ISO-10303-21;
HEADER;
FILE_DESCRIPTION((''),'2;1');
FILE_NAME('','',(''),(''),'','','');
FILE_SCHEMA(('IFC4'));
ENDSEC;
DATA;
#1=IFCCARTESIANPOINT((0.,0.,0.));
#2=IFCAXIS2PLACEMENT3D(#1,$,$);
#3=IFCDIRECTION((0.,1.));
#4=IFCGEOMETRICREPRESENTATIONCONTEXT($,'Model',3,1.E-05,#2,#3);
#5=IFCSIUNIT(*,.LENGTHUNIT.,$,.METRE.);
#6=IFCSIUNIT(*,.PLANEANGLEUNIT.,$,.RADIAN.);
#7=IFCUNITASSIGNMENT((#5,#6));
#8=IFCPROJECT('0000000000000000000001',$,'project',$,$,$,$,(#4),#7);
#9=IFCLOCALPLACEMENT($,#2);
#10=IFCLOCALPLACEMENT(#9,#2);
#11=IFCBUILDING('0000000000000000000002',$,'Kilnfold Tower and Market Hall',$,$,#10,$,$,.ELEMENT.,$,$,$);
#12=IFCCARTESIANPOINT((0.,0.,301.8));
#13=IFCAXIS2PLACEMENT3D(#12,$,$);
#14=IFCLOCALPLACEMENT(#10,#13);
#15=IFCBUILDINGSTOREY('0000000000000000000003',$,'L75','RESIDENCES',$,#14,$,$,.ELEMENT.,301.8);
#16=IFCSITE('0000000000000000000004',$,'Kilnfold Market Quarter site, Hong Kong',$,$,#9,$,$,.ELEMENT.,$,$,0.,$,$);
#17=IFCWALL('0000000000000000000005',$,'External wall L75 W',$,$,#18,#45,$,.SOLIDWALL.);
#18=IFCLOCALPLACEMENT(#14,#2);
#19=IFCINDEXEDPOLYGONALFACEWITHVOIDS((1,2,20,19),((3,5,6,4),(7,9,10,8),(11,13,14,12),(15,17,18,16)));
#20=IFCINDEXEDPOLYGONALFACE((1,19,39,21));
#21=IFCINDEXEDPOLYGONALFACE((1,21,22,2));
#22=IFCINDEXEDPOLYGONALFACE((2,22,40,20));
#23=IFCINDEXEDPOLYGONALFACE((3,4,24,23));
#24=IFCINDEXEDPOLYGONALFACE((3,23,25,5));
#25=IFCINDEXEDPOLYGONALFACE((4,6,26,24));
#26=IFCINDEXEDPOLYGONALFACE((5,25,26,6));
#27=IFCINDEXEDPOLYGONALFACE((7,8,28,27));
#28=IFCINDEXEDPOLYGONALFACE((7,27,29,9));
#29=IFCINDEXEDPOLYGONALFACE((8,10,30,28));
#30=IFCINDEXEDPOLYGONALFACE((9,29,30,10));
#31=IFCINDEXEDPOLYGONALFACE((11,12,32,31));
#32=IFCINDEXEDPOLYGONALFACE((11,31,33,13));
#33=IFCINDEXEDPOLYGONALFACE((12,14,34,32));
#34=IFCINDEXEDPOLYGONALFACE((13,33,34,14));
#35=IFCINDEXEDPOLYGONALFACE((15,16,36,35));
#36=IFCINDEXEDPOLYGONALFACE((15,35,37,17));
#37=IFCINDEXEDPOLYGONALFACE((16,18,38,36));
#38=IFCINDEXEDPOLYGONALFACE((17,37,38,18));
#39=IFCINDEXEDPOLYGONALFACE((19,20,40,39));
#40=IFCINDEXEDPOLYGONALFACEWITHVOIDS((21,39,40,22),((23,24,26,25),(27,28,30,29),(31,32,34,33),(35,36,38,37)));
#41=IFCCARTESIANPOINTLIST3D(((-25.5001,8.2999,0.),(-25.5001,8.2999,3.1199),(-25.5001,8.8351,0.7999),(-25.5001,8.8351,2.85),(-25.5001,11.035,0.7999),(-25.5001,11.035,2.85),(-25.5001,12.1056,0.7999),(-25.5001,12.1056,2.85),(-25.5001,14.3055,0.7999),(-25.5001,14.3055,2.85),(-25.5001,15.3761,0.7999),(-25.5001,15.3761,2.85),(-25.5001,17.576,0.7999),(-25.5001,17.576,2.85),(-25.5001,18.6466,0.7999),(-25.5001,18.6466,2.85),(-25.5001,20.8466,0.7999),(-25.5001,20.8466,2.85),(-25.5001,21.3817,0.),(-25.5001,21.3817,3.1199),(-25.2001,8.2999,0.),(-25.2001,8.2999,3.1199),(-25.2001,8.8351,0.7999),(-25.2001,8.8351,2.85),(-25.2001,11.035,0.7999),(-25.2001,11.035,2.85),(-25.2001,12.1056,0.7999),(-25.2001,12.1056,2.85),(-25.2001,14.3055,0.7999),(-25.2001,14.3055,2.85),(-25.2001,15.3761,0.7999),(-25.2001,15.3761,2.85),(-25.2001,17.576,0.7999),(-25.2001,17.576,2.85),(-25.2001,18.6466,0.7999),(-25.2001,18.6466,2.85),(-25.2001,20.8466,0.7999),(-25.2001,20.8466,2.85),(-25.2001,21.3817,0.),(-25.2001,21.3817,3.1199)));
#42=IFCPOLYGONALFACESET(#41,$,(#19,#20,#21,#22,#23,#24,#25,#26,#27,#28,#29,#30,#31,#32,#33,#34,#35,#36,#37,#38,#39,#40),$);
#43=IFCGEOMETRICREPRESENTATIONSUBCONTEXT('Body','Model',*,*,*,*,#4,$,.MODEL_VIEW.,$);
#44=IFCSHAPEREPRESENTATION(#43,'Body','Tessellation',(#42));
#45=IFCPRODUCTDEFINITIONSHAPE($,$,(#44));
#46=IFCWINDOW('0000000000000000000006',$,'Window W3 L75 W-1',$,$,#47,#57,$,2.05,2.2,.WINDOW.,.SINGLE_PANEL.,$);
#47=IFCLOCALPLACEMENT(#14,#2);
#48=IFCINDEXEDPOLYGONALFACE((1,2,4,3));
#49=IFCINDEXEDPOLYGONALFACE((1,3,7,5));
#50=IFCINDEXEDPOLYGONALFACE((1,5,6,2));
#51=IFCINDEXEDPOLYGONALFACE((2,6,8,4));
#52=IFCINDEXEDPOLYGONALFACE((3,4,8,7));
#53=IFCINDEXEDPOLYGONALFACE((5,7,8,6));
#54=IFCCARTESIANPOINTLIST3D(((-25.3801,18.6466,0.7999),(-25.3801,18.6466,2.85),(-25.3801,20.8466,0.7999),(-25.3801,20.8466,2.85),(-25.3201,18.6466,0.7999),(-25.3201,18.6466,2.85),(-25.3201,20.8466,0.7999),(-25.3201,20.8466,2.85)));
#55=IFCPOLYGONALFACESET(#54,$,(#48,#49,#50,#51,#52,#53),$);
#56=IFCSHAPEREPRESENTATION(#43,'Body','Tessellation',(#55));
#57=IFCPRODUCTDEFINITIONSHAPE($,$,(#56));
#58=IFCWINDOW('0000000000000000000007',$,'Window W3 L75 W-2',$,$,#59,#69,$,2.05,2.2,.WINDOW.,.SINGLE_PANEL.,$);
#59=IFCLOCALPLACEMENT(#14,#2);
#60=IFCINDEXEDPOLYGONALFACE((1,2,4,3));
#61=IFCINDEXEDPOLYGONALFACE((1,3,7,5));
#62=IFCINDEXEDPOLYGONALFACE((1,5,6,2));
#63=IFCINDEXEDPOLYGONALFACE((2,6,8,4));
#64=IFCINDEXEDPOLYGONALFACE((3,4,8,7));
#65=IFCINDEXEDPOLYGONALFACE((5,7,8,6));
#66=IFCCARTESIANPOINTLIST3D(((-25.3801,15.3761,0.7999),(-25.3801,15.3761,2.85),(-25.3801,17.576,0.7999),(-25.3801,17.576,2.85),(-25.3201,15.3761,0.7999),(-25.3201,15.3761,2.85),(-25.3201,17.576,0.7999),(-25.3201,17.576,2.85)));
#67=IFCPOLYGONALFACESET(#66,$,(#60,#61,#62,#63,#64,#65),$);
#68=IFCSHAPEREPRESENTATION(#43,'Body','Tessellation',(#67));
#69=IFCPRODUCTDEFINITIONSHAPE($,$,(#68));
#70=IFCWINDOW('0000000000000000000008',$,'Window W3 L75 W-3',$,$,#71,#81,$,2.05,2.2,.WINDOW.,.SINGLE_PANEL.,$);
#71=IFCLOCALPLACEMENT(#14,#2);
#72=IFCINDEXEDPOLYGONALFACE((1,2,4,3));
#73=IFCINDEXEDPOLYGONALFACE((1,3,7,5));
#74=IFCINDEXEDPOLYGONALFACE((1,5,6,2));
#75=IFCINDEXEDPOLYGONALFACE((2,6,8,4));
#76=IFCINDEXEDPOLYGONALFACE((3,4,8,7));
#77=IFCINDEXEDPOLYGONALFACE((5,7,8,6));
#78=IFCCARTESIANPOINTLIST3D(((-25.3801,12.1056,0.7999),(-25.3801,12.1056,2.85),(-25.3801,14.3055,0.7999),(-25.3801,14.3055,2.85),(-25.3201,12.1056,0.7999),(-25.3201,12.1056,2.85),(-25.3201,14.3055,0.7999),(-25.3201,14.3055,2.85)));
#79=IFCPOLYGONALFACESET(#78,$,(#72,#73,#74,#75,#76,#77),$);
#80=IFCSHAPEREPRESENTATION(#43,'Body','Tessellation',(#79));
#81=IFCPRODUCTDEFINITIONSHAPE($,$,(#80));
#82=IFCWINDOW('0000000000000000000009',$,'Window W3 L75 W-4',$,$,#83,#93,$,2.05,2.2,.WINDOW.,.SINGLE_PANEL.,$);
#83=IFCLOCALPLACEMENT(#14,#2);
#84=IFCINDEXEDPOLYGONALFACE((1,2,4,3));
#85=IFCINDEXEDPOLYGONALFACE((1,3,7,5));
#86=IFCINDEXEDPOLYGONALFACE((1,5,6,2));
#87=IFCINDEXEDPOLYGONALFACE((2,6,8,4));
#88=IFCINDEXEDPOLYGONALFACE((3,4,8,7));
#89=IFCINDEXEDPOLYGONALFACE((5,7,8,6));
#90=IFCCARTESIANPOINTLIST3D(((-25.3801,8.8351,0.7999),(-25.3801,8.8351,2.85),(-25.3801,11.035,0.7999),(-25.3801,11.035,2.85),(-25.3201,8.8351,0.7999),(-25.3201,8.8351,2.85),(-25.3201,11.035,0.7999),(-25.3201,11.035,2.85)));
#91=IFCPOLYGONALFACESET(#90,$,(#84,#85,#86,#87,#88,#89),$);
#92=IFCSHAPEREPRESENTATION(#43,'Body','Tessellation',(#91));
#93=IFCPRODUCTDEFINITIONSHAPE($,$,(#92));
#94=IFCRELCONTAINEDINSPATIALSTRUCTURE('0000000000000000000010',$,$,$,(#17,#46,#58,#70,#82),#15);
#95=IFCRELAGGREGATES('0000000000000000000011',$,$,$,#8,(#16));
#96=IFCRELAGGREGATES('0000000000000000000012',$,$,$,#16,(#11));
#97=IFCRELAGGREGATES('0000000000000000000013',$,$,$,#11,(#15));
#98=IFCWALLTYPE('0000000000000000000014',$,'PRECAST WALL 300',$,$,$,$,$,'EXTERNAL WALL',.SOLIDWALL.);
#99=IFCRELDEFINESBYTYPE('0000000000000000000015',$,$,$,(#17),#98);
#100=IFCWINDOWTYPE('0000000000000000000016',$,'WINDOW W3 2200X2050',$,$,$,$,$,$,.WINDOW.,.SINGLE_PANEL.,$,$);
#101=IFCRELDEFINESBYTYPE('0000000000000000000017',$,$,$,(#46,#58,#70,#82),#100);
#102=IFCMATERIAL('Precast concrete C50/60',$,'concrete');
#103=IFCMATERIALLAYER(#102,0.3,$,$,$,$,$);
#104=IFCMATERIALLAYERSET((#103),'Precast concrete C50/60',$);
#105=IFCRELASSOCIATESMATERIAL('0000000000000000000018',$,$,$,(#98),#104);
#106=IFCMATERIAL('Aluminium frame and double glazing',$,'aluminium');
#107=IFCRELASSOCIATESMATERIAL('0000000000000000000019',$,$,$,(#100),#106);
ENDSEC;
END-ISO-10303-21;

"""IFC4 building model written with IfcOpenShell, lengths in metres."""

from ifc_helpers import new_model, si_unit, direction, frame, frame_2d, origin, place, context, subcontext, project, spatial, rectangle, extrude, source, transform, mapped, material, layer, layer_set, type_object, element, fill, save


model = new_model("IFC4")

# Units and contexts
model_context = context("Model", 3, precision=1e-05, world=origin(), true_north=direction((0.0, 1.0)))
body_context = subcontext(model_context, "Body", "Model", "MODEL_VIEW")
ifc_project = project(units=[si_unit("LENGTHUNIT", "METRE"), si_unit("PLANEANGLEUNIT", "RADIAN")], contexts=[model_context])

# Site, building, storey
site_placement = place(None, origin())
site = spatial("IfcSite", under=ifc_project, at=site_placement, Name="Kilnfold Market Quarter site, Hong Kong", CompositionType="ELEMENT", RefElevation=0.0)
building_placement = place(site_placement, origin())
building = spatial("IfcBuilding", under=site, at=building_placement, Name="Kilnfold Tower and Market Hall", CompositionType="ELEMENT")
storey_placement = place(building_placement, frame((0.0, 0.0, 301.8)))
storey = spatial("IfcBuildingStorey", under=building, at=storey_placement, Name="L75", Description="RESIDENCES", CompositionType="ELEMENT", Elevation=301.8)

# Shared definitions
ifc_material_1 = material(Name="Precast concrete C50/60", Category="concrete")
ifc_layer_1 = layer(ifc_material_1, 0.3)
ifc_layer_set_1 = layer_set([ifc_layer_1], Name="Precast concrete C50/60")
wall_type_1 = type_object("IfcWallType", Name="PRECAST WALL 300", ElementType="EXTERNAL WALL", PredefinedType="SOLIDWALL", material=ifc_layer_set_1)
ifc_material_2 = material(Name="Aluminium frame and double glazing", Category="aluminium")
window_type = type_object("IfcWindowType", Name="WINDOW W3 2200X2050", PartitioningType="SINGLE_PANEL", PredefinedType="WINDOW", material=ifc_material_2)

# Wall, openings, windows
shared_shape_1 = source(origin(), body_context, "Body", "SweptSolid", [
    extrude(rectangle(XDim=13.0818, YDim=0.3, at=frame_2d((6.541, 0.0))), origin(), (0.0, 0.0, 1.0), 3.1199),
])
wall_1_placement = place(storey_placement, frame((-25.3501, 21.3818, 0.0), z_axis=(0.0, 0.0, 1.0), x_axis=(0.0, -1.0, 0.0)))
wall_1 = element("IfcWall", 1, at=wall_1_placement, inside=storey, type_object=wall_type_1, Name="External wall L75 W", PredefinedType="SOLIDWALL", context=body_context, shape_type="MappedRepresentation", body=[
    mapped(shared_shape_1, transform((0.0, 0.0, 0.0))),
])
opening_1_placement = place(wall_1_placement, frame((0.5352, 0.0, 0.8)))
opening_1 = element("IfcOpeningElement", 2, at=opening_1_placement, cuts=wall_1, PredefinedType="OPENING", context=body_context, shape_type="SweptSolid", body=[
    extrude(rectangle(XDim=2.2, YDim=2.05, at=frame_2d((1.1001, 1.0249))), frame((0.0, 0.1602, 0.0), z_axis=(0.0, -1.0, 0.0), x_axis=(1.0, 0.0, 0.0)), (0.0, 0.0, 1.0), 0.3201),
])
opening_2_placement = place(wall_1_placement, frame((3.8057, 0.0, 0.8)))
opening_2 = element("IfcOpeningElement", 3, at=opening_2_placement, cuts=wall_1, PredefinedType="OPENING", context=body_context, shape_type="SweptSolid", body=[
    extrude(rectangle(XDim=2.2, YDim=2.05, at=frame_2d((1.1001, 1.0249))), frame((0.0, 0.1602, 0.0), z_axis=(0.0, -1.0, 0.0), x_axis=(1.0, 0.0, 0.0)), (0.0, 0.0, 1.0), 0.3201),
])
opening_3_placement = place(wall_1_placement, frame((7.0762, 0.0, 0.8)))
opening_3 = element("IfcOpeningElement", 4, at=opening_3_placement, cuts=wall_1, PredefinedType="OPENING", context=body_context, shape_type="SweptSolid", body=[
    extrude(rectangle(XDim=2.2, YDim=2.05, at=frame_2d((1.1001, 1.0249))), frame((0.0, 0.1602, 0.0), z_axis=(0.0, -1.0, 0.0), x_axis=(1.0, 0.0, 0.0)), (0.0, 0.0, 1.0), 0.3201),
])
opening_4_placement = place(wall_1_placement, frame((10.3467, 0.0, 0.8)))
opening_4 = element("IfcOpeningElement", 5, at=opening_4_placement, cuts=wall_1, PredefinedType="OPENING", context=body_context, shape_type="SweptSolid", body=[
    extrude(rectangle(XDim=2.2, YDim=2.05, at=frame_2d((1.1001, 1.0249))), frame((0.0, 0.1602, 0.0), z_axis=(0.0, -1.0, 0.0), x_axis=(1.0, 0.0, 0.0)), (0.0, 0.0, 1.0), 0.3201),
])
window_1_placement = place(opening_1_placement, origin())
window_1 = element("IfcWindow", 6, at=window_1_placement, inside=storey, type_object=window_type, Name="Window W3 L75 W-1", OverallHeight=2.05, OverallWidth=2.2, PartitioningType="SINGLE_PANEL", PredefinedType="WINDOW", context=body_context, shape_type="SweptSolid", body=[
    extrude(rectangle(XDim=2.2, YDim=2.05, at=frame_2d((1.1001, 1.0249))), frame((0.0, 0.03, 0.0), z_axis=(0.0, -1.0, 0.0), x_axis=(1.0, 0.0, 0.0)), (0.0, 0.0, 1.0), 0.0601),
])
fill(opening_1, window_1)
window_2_placement = place(opening_2_placement, origin())
window_2 = element("IfcWindow", 7, at=window_2_placement, inside=storey, type_object=window_type, Name="Window W3 L75 W-2", OverallHeight=2.05, OverallWidth=2.2, PartitioningType="SINGLE_PANEL", PredefinedType="WINDOW", context=body_context, shape_type="SweptSolid", body=[
    extrude(rectangle(XDim=2.2, YDim=2.05, at=frame_2d((1.1001, 1.0249))), frame((0.0, 0.03, 0.0), z_axis=(0.0, -1.0, 0.0), x_axis=(1.0, 0.0, 0.0)), (0.0, 0.0, 1.0), 0.0601),
])
fill(opening_2, window_2)
window_3_placement = place(opening_3_placement, origin())
window_3 = element("IfcWindow", 8, at=window_3_placement, inside=storey, type_object=window_type, Name="Window W3 L75 W-3", OverallHeight=2.05, OverallWidth=2.2, PartitioningType="SINGLE_PANEL", PredefinedType="WINDOW", context=body_context, shape_type="SweptSolid", body=[
    extrude(rectangle(XDim=2.2, YDim=2.05, at=frame_2d((1.1001, 1.0249))), frame((0.0, 0.03, 0.0), z_axis=(0.0, -1.0, 0.0), x_axis=(1.0, 0.0, 0.0)), (0.0, 0.0, 1.0), 0.0601),
])
fill(opening_3, window_3)
window_4_placement = place(opening_4_placement, origin())
window_4 = element("IfcWindow", 9, at=window_4_placement, inside=storey, type_object=window_type, Name="Window W3 L75 W-4", OverallHeight=2.05, OverallWidth=2.2, PartitioningType="SINGLE_PANEL", PredefinedType="WINDOW", context=body_context, shape_type="SweptSolid", body=[
    extrude(rectangle(XDim=2.2, YDim=2.05, at=frame_2d((1.1001, 1.0249))), frame((0.0, 0.03, 0.0), z_axis=(0.0, -1.0, 0.0), x_axis=(1.0, 0.0, 0.0)), (0.0, 0.0, 1.0), 0.0601),
])
fill(opening_4, window_4)

save(model, "model.ifc")
